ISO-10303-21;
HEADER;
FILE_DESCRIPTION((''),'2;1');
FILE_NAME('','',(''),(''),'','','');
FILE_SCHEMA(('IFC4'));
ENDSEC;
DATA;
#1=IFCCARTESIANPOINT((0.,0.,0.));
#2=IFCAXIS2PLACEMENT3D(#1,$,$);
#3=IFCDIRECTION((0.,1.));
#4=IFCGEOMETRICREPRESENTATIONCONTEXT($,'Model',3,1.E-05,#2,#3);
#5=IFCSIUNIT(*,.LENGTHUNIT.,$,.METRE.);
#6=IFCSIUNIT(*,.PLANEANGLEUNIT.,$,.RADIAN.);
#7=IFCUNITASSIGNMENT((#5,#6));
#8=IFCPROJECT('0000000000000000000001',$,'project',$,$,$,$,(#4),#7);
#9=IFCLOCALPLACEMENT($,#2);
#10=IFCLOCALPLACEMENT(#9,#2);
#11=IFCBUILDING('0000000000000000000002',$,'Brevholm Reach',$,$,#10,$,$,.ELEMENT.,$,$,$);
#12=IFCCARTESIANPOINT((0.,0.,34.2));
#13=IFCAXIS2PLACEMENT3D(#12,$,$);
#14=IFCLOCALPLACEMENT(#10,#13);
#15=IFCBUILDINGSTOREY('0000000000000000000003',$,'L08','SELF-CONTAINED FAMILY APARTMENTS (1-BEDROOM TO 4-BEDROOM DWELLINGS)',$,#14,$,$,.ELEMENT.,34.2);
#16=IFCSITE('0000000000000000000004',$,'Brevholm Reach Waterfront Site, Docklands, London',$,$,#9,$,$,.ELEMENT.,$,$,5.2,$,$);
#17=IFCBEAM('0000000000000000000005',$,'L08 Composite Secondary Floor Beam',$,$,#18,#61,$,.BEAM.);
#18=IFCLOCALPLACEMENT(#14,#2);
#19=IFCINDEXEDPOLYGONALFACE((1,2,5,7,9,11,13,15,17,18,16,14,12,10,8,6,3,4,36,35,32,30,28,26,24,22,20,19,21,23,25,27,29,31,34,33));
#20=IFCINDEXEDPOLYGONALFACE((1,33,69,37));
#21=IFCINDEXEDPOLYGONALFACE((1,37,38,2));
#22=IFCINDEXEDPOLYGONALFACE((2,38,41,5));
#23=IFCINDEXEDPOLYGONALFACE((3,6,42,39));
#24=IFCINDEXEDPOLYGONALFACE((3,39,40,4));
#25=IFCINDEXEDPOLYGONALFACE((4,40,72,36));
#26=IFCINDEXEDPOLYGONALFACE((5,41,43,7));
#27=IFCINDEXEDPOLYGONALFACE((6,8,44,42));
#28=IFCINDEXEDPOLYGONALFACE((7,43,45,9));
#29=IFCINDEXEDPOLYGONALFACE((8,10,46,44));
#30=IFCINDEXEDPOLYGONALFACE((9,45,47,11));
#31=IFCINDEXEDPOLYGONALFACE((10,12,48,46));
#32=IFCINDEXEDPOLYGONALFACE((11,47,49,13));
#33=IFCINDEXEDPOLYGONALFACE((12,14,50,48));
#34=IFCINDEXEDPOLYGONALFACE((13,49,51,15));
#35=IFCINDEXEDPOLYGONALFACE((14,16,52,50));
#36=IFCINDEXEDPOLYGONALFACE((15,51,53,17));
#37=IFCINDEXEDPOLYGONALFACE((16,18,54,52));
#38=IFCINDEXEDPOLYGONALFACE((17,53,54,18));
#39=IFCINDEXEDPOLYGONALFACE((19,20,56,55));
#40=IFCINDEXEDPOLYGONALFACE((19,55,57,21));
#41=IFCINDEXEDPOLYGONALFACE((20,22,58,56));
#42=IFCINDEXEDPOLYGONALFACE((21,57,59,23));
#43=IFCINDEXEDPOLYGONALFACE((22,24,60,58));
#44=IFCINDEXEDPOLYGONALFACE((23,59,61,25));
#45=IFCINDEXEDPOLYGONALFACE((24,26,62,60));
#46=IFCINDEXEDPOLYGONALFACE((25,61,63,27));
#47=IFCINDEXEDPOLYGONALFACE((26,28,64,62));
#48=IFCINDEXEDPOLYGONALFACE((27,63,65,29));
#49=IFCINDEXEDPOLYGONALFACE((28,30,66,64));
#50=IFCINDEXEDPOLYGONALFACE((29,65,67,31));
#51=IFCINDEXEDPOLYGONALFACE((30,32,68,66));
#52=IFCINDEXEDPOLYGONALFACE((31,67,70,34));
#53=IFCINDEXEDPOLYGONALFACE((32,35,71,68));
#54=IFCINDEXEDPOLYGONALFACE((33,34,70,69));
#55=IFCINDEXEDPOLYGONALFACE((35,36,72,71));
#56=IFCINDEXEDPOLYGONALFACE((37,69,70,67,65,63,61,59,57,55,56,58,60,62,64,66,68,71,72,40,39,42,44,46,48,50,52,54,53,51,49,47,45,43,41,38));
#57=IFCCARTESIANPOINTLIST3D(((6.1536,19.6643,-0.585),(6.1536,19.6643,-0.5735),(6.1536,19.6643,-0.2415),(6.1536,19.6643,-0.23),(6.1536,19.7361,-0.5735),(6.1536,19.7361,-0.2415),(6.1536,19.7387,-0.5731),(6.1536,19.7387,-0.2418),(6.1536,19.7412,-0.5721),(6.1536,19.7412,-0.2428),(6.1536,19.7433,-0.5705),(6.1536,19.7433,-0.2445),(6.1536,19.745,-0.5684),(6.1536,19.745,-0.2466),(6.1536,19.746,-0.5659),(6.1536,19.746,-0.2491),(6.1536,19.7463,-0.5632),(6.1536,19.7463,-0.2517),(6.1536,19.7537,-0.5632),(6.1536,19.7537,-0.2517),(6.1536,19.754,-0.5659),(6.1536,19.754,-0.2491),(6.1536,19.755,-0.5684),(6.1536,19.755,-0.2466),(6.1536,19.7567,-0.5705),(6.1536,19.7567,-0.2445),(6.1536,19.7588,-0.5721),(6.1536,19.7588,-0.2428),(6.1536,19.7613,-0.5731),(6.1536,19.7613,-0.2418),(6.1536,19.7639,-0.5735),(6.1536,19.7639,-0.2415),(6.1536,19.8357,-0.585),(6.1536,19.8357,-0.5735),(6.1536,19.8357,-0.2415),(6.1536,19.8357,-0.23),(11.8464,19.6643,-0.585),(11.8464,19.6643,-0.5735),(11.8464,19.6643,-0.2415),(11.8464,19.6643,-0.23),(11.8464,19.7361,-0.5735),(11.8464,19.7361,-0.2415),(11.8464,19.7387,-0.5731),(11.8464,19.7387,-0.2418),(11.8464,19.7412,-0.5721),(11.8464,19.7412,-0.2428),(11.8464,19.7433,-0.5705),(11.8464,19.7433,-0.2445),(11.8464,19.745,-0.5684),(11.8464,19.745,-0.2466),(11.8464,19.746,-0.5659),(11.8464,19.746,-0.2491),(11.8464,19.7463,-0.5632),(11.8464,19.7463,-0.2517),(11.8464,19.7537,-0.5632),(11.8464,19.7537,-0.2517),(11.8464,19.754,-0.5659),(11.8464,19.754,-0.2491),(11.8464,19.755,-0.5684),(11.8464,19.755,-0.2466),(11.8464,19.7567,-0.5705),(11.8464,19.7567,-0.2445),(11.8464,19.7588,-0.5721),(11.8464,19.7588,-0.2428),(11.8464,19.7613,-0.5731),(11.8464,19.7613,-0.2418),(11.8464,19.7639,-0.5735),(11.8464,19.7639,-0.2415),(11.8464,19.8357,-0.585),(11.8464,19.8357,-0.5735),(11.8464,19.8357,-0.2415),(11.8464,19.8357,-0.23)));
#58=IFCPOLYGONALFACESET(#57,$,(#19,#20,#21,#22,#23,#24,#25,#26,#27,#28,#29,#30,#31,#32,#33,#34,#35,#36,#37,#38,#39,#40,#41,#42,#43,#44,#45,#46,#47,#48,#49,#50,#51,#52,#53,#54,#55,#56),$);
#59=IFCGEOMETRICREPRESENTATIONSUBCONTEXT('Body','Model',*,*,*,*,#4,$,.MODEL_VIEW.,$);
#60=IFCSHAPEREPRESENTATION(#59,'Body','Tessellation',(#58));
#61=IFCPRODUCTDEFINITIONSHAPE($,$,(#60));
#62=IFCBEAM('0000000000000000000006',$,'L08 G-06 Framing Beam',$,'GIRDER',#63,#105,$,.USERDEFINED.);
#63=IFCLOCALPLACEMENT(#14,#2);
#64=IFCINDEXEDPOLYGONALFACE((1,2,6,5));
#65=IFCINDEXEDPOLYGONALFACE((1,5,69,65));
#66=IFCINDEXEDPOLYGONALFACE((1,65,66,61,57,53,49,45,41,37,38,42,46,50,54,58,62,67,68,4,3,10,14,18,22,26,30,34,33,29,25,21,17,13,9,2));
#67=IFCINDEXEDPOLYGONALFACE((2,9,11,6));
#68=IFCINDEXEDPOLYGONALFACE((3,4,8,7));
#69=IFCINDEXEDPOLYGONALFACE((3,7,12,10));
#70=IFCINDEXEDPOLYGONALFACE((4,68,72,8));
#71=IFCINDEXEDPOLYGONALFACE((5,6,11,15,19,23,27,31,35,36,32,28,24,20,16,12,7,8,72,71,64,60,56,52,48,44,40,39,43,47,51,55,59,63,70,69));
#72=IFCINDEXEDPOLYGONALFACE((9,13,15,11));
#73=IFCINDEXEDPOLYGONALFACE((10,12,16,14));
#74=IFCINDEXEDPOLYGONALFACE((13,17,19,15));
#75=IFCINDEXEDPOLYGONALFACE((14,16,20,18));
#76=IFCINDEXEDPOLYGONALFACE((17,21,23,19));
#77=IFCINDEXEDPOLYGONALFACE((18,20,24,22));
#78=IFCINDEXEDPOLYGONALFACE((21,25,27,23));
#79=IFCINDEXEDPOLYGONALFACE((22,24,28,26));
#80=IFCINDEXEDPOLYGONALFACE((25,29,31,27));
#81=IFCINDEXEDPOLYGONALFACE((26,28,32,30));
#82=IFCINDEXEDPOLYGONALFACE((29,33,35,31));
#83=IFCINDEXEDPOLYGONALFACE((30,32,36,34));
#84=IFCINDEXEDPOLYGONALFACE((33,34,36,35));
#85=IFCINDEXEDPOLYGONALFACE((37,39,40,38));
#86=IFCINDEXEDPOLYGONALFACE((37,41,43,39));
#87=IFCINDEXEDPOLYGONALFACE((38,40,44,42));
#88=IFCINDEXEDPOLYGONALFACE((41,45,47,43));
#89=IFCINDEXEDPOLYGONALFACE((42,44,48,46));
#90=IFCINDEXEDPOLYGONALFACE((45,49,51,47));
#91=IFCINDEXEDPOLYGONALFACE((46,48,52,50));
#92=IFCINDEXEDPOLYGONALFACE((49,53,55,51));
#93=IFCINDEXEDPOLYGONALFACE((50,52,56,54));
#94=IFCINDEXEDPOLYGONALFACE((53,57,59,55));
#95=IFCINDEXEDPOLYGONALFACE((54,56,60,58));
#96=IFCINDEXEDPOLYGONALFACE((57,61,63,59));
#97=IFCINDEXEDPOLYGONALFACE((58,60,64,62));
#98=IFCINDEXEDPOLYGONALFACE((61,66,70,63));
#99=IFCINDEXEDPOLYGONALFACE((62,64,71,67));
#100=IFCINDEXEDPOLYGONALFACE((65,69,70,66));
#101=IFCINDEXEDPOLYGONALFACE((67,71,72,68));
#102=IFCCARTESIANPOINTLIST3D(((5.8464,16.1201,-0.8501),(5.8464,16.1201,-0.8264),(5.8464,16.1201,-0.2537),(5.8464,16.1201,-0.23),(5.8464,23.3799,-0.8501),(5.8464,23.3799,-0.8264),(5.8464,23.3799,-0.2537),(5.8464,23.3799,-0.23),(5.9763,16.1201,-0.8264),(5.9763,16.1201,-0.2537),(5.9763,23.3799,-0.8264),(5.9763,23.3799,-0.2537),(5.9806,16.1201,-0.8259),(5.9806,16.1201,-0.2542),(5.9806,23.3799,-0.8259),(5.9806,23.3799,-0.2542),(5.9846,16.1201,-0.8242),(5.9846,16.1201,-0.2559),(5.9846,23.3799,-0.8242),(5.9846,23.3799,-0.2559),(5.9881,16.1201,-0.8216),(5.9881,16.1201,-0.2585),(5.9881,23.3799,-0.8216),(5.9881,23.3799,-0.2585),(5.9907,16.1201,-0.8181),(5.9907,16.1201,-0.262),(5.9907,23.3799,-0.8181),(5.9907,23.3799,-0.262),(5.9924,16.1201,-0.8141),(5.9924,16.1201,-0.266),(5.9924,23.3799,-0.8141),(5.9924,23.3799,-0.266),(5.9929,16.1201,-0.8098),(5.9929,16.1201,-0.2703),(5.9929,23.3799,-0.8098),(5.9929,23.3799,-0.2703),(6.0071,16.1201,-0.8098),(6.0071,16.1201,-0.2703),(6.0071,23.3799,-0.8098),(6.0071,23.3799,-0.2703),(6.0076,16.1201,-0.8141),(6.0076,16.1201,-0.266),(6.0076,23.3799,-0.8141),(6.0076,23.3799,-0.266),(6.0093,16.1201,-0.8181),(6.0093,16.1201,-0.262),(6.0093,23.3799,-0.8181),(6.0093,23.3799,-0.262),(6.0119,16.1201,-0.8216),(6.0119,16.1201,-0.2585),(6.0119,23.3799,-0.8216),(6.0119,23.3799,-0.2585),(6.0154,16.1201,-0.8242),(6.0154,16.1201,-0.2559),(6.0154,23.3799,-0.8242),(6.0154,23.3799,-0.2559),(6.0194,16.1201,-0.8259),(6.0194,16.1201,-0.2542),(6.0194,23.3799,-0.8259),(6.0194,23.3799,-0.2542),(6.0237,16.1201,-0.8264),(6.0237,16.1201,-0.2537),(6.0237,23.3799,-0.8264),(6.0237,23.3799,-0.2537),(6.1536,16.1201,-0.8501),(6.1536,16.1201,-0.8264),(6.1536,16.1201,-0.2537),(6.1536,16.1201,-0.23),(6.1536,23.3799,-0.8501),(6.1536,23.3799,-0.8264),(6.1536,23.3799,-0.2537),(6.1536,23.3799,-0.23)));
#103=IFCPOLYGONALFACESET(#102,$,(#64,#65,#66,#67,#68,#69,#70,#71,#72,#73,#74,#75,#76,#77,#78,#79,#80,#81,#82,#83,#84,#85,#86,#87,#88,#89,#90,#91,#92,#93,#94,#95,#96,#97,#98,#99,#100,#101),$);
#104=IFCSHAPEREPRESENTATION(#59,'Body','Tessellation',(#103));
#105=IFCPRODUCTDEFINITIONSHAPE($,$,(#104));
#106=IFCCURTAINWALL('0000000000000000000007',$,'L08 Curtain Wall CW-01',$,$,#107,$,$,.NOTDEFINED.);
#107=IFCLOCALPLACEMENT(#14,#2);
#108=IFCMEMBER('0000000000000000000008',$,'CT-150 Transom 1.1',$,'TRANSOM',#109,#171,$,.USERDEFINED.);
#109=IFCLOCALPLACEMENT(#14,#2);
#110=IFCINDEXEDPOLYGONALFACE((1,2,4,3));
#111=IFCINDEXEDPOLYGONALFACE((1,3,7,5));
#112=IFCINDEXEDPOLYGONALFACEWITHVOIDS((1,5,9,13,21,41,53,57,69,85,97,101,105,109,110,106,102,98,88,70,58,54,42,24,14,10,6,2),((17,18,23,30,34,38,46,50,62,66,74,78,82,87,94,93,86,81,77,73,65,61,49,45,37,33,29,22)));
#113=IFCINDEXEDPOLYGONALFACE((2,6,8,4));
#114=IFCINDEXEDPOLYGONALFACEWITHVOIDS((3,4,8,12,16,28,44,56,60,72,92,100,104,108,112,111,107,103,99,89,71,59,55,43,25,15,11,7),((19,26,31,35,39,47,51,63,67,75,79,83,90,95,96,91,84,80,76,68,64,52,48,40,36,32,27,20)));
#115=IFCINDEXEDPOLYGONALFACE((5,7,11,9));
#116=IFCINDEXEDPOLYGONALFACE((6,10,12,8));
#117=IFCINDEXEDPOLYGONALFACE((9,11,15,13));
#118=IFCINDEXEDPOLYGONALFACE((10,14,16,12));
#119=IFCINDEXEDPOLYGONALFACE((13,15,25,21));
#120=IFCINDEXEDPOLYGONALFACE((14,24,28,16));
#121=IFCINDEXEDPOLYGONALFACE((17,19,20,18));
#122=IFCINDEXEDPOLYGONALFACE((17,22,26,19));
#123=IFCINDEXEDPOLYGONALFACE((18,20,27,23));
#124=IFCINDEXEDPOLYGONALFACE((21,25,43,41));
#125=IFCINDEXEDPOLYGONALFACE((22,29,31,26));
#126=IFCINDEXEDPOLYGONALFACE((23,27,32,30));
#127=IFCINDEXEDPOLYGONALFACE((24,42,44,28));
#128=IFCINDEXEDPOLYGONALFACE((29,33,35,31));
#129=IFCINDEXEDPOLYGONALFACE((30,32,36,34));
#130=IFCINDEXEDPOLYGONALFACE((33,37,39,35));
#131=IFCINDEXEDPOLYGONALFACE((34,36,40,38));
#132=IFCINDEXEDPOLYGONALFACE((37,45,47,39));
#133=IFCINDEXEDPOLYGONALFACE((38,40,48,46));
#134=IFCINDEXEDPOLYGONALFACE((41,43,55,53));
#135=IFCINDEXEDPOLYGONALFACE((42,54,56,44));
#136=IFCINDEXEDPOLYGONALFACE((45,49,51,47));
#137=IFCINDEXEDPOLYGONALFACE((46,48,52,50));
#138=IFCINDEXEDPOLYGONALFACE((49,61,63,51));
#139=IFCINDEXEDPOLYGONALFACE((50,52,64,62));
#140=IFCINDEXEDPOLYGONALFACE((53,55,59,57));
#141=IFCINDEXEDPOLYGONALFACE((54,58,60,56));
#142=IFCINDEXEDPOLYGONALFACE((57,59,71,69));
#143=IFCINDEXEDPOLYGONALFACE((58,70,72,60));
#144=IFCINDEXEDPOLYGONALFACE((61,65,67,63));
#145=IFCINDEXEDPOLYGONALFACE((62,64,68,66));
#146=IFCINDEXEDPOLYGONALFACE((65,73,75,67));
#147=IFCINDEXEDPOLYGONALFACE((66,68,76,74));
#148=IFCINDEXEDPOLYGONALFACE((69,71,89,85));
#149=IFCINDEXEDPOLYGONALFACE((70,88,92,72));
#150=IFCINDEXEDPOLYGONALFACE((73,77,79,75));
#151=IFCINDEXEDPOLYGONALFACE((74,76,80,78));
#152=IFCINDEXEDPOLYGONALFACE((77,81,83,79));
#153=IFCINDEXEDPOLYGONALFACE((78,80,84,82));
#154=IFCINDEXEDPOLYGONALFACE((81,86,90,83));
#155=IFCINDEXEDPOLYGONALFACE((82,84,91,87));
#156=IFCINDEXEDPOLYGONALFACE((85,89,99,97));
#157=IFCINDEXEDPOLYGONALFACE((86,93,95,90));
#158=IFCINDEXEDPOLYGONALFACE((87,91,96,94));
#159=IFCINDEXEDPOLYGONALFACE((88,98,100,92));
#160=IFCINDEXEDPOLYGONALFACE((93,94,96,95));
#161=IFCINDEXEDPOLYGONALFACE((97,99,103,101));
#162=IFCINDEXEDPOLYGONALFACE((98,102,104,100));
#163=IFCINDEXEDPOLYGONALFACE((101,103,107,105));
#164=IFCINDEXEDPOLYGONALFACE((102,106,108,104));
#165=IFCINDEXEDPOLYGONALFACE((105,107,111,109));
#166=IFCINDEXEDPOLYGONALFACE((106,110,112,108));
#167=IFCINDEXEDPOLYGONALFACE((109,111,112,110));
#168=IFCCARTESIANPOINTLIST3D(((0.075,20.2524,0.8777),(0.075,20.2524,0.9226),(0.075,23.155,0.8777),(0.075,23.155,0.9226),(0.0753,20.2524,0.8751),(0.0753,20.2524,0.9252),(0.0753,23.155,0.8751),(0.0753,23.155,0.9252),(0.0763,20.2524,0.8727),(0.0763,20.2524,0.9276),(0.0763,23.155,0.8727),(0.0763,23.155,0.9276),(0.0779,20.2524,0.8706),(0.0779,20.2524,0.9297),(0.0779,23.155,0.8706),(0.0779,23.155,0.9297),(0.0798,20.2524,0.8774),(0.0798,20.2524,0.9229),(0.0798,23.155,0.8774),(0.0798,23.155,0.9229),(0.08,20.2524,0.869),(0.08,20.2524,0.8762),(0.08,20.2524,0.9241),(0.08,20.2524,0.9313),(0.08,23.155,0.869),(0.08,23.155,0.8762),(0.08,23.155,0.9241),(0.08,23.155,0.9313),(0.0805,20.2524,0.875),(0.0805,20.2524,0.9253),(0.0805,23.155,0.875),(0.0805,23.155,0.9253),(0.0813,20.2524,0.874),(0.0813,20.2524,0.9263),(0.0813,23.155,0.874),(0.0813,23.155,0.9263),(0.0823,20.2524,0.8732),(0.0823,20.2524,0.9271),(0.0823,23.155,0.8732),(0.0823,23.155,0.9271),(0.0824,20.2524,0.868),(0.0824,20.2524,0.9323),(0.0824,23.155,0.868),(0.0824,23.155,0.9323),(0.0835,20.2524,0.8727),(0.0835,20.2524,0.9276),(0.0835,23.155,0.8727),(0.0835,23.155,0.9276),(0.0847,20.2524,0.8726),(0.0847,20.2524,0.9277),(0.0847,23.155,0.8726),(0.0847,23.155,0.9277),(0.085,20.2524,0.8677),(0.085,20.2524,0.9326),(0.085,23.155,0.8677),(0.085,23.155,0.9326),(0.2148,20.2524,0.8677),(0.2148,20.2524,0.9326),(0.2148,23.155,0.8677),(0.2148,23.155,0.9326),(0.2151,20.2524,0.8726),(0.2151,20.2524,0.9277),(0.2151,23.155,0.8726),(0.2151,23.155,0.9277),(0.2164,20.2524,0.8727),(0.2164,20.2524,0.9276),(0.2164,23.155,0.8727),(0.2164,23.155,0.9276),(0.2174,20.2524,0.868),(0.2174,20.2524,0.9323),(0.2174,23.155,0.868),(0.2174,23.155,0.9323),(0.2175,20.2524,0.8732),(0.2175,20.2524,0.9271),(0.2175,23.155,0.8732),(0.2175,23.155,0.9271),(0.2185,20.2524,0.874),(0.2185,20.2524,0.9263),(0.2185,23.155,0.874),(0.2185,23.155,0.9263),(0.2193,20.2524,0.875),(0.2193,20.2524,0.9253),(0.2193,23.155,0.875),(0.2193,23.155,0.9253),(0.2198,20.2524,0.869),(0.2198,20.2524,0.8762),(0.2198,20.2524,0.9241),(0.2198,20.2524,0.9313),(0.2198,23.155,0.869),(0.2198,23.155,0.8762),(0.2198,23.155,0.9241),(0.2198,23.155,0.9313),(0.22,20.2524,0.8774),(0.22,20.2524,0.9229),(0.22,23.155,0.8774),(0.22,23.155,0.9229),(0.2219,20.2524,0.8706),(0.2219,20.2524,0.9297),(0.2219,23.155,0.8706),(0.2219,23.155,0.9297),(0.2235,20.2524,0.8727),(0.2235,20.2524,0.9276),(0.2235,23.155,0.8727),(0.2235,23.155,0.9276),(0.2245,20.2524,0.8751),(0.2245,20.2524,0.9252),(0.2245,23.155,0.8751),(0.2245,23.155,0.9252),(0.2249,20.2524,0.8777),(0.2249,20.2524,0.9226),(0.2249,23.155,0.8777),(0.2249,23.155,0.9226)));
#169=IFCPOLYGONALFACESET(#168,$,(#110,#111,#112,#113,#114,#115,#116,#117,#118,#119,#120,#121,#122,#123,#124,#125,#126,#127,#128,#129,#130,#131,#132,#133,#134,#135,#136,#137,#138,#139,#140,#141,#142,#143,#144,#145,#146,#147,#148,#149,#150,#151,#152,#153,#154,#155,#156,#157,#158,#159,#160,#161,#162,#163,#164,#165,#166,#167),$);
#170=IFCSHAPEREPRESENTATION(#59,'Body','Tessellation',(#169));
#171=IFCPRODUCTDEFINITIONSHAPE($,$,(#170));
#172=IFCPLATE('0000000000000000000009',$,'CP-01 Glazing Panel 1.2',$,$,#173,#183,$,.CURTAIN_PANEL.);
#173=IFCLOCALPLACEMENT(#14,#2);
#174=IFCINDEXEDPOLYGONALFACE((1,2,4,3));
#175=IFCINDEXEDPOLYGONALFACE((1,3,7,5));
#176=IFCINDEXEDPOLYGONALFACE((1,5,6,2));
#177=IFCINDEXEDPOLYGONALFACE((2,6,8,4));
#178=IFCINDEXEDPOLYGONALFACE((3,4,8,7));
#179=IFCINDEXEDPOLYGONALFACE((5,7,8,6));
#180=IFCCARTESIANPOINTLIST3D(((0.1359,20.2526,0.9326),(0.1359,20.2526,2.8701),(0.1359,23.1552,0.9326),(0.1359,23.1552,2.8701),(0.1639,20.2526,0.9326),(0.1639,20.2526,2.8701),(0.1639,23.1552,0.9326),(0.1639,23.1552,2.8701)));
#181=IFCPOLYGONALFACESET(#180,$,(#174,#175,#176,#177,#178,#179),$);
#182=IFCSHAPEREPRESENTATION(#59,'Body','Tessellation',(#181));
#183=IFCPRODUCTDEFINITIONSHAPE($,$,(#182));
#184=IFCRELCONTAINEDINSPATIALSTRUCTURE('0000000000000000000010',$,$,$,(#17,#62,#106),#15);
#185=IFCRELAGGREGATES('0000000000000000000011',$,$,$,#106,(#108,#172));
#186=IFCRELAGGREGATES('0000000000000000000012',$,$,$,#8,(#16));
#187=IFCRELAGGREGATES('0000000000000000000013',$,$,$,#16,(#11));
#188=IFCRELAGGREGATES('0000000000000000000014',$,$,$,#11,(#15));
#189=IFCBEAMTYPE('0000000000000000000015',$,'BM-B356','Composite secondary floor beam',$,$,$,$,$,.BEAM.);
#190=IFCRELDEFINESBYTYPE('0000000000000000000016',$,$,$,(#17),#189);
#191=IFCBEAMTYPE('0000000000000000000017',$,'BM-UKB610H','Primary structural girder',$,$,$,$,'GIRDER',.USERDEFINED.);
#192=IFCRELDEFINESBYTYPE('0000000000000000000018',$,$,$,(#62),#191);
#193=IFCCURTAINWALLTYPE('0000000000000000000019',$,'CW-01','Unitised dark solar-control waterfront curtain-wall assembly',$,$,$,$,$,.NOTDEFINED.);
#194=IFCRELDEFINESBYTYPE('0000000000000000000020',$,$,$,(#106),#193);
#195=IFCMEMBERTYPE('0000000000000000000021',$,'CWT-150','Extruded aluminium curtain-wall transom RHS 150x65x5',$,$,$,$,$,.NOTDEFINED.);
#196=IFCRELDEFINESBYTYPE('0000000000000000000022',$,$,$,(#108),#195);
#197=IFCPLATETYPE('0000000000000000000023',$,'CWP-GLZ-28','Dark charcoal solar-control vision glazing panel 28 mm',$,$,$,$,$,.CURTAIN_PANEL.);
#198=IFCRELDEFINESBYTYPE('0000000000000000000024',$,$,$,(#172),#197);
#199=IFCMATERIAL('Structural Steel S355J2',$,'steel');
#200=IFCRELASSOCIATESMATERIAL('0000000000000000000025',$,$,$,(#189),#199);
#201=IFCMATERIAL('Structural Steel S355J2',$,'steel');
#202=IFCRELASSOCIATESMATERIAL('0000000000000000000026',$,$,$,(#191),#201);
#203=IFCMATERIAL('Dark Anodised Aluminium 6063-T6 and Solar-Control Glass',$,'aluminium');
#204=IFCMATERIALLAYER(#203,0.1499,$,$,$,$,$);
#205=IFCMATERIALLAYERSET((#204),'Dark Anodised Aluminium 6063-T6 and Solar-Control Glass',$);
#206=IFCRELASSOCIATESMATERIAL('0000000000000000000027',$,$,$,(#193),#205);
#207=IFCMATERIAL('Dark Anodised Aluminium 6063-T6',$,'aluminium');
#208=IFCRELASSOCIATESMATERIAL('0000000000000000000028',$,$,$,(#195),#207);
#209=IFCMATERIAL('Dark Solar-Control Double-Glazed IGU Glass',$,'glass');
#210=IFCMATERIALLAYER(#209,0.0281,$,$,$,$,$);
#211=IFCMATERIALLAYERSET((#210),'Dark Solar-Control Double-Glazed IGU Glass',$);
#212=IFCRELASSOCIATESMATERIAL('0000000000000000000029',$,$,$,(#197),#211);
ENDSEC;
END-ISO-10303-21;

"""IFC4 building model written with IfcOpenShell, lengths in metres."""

from ifc_helpers import new_model, si_unit, direction, frame, origin, origin_2d, place, context, subcontext, project, spatial, rectangle, hollow_rectangle, i_section, extrude, material, layer, layer_set, material_profile, profile_set, type_object, element, aggregate, save


model = new_model("IFC4")

# Units and contexts
model_context = context("Model", 3, precision=1e-05, world=origin(), true_north=direction((0.0, 1.0)))
body_context = subcontext(model_context, "Body", "Model", "MODEL_VIEW")
ifc_project = project(units=[si_unit("LENGTHUNIT", "METRE"), si_unit("PLANEANGLEUNIT", "RADIAN")], contexts=[model_context])

# Site, building, storey
site_placement = place(None, origin())
site = spatial("IfcSite", under=ifc_project, at=site_placement, Name="Brevholm Reach Waterfront Site, Docklands, London", CompositionType="ELEMENT", RefElevation=5.2)
building_placement = place(site_placement, origin())
building = spatial("IfcBuilding", under=site, at=building_placement, Name="Brevholm Reach", CompositionType="ELEMENT")
storey_placement = place(building_placement, frame((0.0, 0.0, 34.2)))
storey = spatial("IfcBuildingStorey", under=building, at=storey_placement, Name="L08", Description="SELF-CONTAINED FAMILY APARTMENTS (1-BEDROOM TO 4-BEDROOM DWELLINGS)", CompositionType="ELEMENT", Elevation=34.2)

# Beams
ifc_material_1 = material(Name="Structural Steel S355J2", Category="steel")
ifc_material_profile_1 = material_profile(ifc_material_1, i_section(OverallWidth=0.1714, OverallDepth=0.355, WebThickness=0.0073, FlangeThickness=0.0115, FilletRadius=0.0103, at=origin_2d()), Name="UKB 356x171x51")
ifc_profile_set_1 = profile_set([ifc_material_profile_1], Name="Structural Steel S355J2")
beam_type_1 = type_object("IfcBeamType", Name="BM-B356", Description="Composite secondary floor beam", PredefinedType="BEAM", material=ifc_profile_set_1)
beam_1_placement = place(storey_placement, frame((6.1536, 19.75, -0.4075), z_axis=(1.0, 0.0, 0.0), x_axis=(0.0, 1.0, 0.0)))
element("IfcBeam", 1, at=beam_1_placement, inside=storey, type_object=beam_type_1, Name="L08 Composite Secondary Floor Beam", PredefinedType="BEAM", context=body_context, shape_type="SweptSolid", body=[
    extrude(i_section(OverallWidth=0.1714, OverallDepth=0.355, WebThickness=0.0073, FlangeThickness=0.0115, FilletRadius=0.0103, at=origin_2d()), origin(), (0.0, 0.0, 1.0), 5.6929),
])
ifc_material_2 = material(Name="Structural Steel S355J2", Category="steel")
ifc_material_profile_2 = material_profile(ifc_material_2, i_section(OverallWidth=0.3071, OverallDepth=0.6201, WebThickness=0.0142, FlangeThickness=0.0237, FilletRadius=0.0166, at=origin_2d()), Name="UKB 610x305x179")
ifc_profile_set_2 = profile_set([ifc_material_profile_2], Name="Structural Steel S355J2")
beam_type_2 = type_object("IfcBeamType", Name="BM-UKB610H", Description="Primary structural girder", ElementType="GIRDER", PredefinedType="USERDEFINED", material=ifc_profile_set_2)
beam_2_placement = place(storey_placement, frame((6.0, 16.1201, -0.54), z_axis=(0.0, 1.0, 0.0), x_axis=(-1.0, 0.0, 0.0)))
element("IfcBeam", 2, at=beam_2_placement, inside=storey, type_object=beam_type_2, Name="L08 G-06 Framing Beam", ObjectType="GIRDER", PredefinedType="USERDEFINED", context=body_context, shape_type="SweptSolid", body=[
    extrude(i_section(OverallWidth=0.3071, OverallDepth=0.6201, WebThickness=0.0142, FlangeThickness=0.0237, FilletRadius=0.0166, at=origin_2d()), origin(), (0.0, 0.0, 1.0), 7.2598),
])

# Curtain wall, member, plate
ifc_material_3 = material(Name="Dark Anodised Aluminium 6063-T6 and Solar-Control Glass", Category="aluminium")
ifc_layer_1 = layer(ifc_material_3, 0.1499)
ifc_layer_set_1 = layer_set([ifc_layer_1], Name="Dark Anodised Aluminium 6063-T6 and Solar-Control Glass")
curtain_wall_type = type_object("IfcCurtainWallType", Name="CW-01", Description="Unitised dark solar-control waterfront curtain-wall assembly", PredefinedType="NOTDEFINED", material=ifc_layer_set_1)
curtain_wall_placement = place(storey_placement, origin())
curtain_wall = element("IfcCurtainWall", 3, at=curtain_wall_placement, inside=storey, type_object=curtain_wall_type, Name="L08 Curtain Wall CW-01", PredefinedType="NOTDEFINED")
ifc_material_4 = material(Name="Dark Anodised Aluminium 6063-T6", Category="aluminium")
ifc_material_profile_3 = material_profile(ifc_material_4, hollow_rectangle(XDim=0.0649, YDim=0.1499, WallThickness=0.0049, InnerFilletRadius=0.0049, OuterFilletRadius=0.01, at=origin_2d()), Name="RHS 150x65x5")
ifc_profile_set_3 = profile_set([ifc_material_profile_3], Name="Dark Anodised Aluminium 6063-T6")
member_type = type_object("IfcMemberType", Name="CWT-150", Description="Extruded aluminium curtain-wall transom RHS 150x65x5", PredefinedType="NOTDEFINED", material=ifc_profile_set_3)
member_placement = place(storey_placement, frame((0.1499, 23.155, 0.9001), z_axis=(0.0, -1.0, 0.0), x_axis=(0.0, 0.0, 1.0)))
member = element("IfcMember", 4, at=member_placement, type_object=member_type, Name="CT-150 Transom 1.1", ObjectType="TRANSOM", PredefinedType="USERDEFINED", context=body_context, shape_type="SweptSolid", body=[
    extrude(hollow_rectangle(XDim=0.0649, YDim=0.1499, WallThickness=0.0049, InnerFilletRadius=0.0049, OuterFilletRadius=0.01, at=origin_2d()), origin(), (0.0, 0.0, 1.0), 2.9026),
])
ifc_material_5 = material(Name="Dark Solar-Control Double-Glazed IGU Glass", Category="glass")
ifc_layer_2 = layer(ifc_material_5, 0.0281)
ifc_layer_set_2 = layer_set([ifc_layer_2], Name="Dark Solar-Control Double-Glazed IGU Glass")
plate_type = type_object("IfcPlateType", Name="CWP-GLZ-28", Description="Dark charcoal solar-control vision glazing panel 28 mm", PredefinedType="CURTAIN_PANEL", material=ifc_layer_set_2)
plate_placement = place(storey_placement, frame((0.1499, 21.7039, 0.9326), z_axis=(0.0, 0.0, 1.0), x_axis=(0.0, -1.0, 0.0)))
plate = element("IfcPlate", 5, at=plate_placement, type_object=plate_type, Name="CP-01 Glazing Panel 1.2", PredefinedType="CURTAIN_PANEL", context=body_context, shape_type="SweptSolid", body=[
    extrude(rectangle(XDim=2.9026, YDim=0.0281, at=origin_2d()), origin(), (0.0, 0.0, 1.0), 1.9375),
])
aggregate(curtain_wall, [member, plate])

save(model, "model.ifc")
